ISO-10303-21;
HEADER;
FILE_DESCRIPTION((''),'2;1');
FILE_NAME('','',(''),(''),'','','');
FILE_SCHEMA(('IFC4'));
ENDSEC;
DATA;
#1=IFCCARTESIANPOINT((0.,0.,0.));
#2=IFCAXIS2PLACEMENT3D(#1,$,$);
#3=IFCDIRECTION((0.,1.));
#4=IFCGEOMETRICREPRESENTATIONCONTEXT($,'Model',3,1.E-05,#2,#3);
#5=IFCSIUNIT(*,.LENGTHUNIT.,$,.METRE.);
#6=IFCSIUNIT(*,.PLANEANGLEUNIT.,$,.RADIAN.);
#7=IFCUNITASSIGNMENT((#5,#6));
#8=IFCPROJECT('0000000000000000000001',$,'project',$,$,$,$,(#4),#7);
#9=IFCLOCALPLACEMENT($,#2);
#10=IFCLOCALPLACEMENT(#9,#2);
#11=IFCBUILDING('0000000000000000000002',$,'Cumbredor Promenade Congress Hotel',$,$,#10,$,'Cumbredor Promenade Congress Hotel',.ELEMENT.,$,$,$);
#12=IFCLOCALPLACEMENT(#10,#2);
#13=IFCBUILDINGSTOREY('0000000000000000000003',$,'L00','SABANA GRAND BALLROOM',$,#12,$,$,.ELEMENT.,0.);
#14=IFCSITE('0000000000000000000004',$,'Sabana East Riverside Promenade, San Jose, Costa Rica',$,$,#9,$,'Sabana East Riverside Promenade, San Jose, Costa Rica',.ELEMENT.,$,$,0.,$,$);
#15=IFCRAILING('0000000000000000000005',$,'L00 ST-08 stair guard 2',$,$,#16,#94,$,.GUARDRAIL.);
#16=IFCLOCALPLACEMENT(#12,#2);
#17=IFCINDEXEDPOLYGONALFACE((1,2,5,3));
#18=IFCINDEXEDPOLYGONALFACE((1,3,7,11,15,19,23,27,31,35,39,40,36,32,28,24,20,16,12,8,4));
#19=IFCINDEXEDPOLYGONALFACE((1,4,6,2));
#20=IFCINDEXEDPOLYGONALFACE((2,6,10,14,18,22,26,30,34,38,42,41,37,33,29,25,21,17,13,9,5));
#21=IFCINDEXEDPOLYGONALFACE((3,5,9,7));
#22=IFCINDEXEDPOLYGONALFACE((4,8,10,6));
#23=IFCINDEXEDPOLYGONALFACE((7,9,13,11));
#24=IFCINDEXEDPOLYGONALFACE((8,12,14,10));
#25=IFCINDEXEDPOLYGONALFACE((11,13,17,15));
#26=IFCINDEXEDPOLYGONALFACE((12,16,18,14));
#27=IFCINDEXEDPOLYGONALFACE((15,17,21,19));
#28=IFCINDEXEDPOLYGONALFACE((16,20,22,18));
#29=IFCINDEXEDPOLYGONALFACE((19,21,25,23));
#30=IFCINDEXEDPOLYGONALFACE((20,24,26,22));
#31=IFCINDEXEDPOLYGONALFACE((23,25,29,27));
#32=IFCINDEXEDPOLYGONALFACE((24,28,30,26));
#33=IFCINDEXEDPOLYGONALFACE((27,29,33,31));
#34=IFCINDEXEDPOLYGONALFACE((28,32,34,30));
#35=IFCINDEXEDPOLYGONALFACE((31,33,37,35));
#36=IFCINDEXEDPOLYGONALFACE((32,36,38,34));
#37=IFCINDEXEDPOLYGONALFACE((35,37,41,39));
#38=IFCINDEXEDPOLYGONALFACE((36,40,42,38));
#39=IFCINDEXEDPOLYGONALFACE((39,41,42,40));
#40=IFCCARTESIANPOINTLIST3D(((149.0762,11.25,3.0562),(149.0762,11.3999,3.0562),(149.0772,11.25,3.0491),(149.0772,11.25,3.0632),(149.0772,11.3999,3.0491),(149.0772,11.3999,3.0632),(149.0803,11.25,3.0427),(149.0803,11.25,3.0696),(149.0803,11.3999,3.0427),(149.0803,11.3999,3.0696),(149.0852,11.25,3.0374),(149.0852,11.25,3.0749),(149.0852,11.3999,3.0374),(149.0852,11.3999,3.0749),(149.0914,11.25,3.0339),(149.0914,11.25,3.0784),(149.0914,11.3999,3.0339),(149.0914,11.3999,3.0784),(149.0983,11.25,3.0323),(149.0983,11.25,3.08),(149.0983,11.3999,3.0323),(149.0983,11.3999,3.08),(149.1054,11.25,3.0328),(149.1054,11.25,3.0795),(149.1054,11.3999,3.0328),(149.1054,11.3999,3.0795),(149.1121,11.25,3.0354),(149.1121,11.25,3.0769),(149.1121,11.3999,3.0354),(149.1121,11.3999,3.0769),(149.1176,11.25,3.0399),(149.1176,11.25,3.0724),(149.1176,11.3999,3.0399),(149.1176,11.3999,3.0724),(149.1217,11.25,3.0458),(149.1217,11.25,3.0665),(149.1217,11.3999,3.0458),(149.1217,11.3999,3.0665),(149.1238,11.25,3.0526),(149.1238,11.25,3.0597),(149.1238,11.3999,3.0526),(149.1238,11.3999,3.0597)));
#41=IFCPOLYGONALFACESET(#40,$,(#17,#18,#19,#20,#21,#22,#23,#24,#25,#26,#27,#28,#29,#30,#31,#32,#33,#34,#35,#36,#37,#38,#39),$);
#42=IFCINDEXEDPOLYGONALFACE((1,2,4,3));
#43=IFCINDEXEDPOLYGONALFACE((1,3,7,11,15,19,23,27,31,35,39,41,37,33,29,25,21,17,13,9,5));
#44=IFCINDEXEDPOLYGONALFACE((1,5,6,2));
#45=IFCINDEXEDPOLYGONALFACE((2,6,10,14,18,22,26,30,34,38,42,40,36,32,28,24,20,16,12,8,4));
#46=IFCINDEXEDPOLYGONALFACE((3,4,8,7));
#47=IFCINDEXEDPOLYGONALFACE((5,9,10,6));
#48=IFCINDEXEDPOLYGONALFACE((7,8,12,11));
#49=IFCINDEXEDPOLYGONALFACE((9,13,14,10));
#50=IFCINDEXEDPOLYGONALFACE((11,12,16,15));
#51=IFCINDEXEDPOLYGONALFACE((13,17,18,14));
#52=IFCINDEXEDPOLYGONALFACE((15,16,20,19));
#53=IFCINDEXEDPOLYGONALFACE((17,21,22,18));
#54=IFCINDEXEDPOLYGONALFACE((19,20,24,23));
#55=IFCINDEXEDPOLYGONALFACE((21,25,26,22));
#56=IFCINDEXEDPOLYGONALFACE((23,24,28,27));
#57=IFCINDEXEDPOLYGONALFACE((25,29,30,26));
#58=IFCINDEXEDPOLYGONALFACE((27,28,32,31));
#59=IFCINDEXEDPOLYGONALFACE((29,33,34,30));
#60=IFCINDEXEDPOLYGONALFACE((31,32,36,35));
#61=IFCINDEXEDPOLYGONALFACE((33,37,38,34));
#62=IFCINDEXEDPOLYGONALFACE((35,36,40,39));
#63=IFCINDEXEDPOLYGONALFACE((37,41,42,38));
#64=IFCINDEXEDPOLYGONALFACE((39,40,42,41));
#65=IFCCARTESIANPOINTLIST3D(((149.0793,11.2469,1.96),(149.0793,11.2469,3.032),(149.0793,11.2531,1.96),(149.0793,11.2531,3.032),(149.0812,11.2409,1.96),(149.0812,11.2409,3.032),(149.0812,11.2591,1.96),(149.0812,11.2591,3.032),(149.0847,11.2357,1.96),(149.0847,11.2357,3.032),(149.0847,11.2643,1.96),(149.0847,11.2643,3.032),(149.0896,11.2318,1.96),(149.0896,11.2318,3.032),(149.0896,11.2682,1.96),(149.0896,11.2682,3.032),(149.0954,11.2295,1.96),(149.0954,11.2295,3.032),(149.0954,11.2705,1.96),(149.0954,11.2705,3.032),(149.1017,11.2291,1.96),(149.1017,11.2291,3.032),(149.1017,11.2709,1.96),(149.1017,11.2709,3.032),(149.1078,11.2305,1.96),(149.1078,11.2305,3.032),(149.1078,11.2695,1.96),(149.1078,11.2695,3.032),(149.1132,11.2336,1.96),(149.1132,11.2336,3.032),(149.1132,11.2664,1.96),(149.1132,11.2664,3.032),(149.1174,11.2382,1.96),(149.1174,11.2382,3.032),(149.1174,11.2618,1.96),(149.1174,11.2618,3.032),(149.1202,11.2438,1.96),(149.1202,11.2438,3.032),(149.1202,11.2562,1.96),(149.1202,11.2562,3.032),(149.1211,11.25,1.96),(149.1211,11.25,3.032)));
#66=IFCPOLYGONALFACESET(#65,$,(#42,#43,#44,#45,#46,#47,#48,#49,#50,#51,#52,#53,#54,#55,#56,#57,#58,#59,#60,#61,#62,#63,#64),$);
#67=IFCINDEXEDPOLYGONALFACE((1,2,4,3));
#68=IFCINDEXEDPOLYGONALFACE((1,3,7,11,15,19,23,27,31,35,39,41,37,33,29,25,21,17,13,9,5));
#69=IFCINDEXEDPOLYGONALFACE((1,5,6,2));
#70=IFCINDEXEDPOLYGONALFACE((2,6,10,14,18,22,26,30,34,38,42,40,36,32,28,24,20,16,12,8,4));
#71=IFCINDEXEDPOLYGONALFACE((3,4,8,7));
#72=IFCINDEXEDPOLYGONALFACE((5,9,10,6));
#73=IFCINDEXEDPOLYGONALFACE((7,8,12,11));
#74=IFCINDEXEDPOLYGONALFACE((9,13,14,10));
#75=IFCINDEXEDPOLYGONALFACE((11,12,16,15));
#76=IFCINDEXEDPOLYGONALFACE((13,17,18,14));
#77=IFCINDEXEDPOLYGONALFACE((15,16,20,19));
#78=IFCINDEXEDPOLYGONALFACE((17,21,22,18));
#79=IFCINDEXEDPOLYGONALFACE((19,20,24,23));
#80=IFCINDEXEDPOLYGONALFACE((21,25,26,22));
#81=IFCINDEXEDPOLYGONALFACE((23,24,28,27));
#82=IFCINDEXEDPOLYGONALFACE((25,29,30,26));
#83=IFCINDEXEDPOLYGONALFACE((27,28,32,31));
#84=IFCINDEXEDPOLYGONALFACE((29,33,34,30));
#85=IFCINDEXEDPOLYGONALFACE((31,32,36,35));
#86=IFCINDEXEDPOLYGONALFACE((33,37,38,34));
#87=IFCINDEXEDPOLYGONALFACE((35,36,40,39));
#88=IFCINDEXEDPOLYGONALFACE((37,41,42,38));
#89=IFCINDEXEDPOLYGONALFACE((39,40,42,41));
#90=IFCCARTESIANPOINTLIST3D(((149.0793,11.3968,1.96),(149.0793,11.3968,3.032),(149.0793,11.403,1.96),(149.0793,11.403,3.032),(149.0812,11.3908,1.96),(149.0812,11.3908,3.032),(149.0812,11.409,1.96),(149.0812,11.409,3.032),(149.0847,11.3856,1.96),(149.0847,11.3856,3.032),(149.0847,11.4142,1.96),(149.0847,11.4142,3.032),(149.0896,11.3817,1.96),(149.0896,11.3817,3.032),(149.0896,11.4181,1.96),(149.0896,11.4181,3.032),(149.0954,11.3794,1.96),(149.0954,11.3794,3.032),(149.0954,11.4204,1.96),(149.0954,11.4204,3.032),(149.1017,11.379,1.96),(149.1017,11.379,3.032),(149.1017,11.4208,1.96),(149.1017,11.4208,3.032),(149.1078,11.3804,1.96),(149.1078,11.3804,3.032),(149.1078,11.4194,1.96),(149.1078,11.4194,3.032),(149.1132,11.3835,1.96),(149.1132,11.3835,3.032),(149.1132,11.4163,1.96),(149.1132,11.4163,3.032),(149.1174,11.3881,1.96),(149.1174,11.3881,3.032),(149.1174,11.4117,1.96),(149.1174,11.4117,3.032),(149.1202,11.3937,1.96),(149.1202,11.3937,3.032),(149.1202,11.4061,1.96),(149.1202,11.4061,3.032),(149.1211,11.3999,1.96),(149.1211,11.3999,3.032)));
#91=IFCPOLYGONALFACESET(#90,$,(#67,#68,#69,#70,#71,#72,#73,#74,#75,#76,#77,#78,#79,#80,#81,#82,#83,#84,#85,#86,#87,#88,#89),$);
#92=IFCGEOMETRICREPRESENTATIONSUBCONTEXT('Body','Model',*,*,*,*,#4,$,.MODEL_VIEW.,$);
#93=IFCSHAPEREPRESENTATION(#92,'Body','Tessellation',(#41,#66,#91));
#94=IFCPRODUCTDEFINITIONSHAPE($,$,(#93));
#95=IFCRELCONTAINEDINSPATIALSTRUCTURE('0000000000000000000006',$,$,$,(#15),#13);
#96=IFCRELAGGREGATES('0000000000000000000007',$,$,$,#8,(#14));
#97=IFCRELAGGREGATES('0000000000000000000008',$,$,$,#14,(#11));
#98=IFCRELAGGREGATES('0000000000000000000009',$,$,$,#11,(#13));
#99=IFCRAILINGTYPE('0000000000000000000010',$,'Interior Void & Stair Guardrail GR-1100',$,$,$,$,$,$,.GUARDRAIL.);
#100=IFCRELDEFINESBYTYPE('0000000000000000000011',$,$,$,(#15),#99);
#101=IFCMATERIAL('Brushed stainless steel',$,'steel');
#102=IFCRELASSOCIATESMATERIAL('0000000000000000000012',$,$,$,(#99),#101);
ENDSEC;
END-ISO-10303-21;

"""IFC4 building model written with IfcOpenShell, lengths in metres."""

from ifc_helpers import new_model, si_unit, direction, frame, origin, origin_2d, place, context, subcontext, project, spatial, circle, extrude, material, type_object, element, save


model = new_model("IFC4")

# Units and contexts
model_context = context("Model", 3, precision=1e-05, world=origin(), true_north=direction((0.0, 1.0)))
body_context = subcontext(model_context, "Body", "Model", "MODEL_VIEW")
ifc_project = project(units=[si_unit("LENGTHUNIT", "METRE"), si_unit("PLANEANGLEUNIT", "RADIAN")], contexts=[model_context])

# Site, building, storey
site_placement = place(None, origin())
site = spatial("IfcSite", under=ifc_project, at=site_placement, Name="Sabana East Riverside Promenade, San Jose, Costa Rica", LongName="Sabana East Riverside Promenade, San Jose, Costa Rica", CompositionType="ELEMENT", RefElevation=0.0)
building_placement = place(site_placement, origin())
building = spatial("IfcBuilding", under=site, at=building_placement, Name="Cumbredor Promenade Congress Hotel", LongName="Cumbredor Promenade Congress Hotel", CompositionType="ELEMENT")
storey_placement = place(building_placement, origin())
storey = spatial("IfcBuildingStorey", under=building, at=storey_placement, Name="L00", Description="SABANA GRAND BALLROOM", CompositionType="ELEMENT", Elevation=0.0)

# Railing
ifc_material_1 = material(Name="Brushed stainless steel", Category="steel")
railing_type_1 = type_object("IfcRailingType", Name="Interior Void & Stair Guardrail GR-1100", PredefinedType="GUARDRAIL", material=ifc_material_1)
railing_1_placement = place(storey_placement, frame((149.1001, 11.25, 1.96)))
element("IfcRailing", 1, at=railing_1_placement, inside=storey, type_object=railing_type_1, Name="L00 ST-08 stair guard 2", PredefinedType="GUARDRAIL", context=body_context, shape_type="SweptSolid", body=[
    extrude(circle(Radius=0.0239, at=origin_2d()), frame((0.0, 0.0, 1.0962), z_axis=(0.0, 1.0, 0.0), x_axis=(-1.0, 0.0, 0.0)), (0.0, 0.0, 1.0), 0.1499),
    extrude(circle(Radius=0.021, at=origin_2d()), origin(), (0.0, 0.0, 1.0), 1.072),
    extrude(circle(Radius=0.021, at=origin_2d()), frame((0.0, 0.1499, 0.0)), (0.0, 0.0, 1.0), 1.072),
])

save(model, "model.ifc")
